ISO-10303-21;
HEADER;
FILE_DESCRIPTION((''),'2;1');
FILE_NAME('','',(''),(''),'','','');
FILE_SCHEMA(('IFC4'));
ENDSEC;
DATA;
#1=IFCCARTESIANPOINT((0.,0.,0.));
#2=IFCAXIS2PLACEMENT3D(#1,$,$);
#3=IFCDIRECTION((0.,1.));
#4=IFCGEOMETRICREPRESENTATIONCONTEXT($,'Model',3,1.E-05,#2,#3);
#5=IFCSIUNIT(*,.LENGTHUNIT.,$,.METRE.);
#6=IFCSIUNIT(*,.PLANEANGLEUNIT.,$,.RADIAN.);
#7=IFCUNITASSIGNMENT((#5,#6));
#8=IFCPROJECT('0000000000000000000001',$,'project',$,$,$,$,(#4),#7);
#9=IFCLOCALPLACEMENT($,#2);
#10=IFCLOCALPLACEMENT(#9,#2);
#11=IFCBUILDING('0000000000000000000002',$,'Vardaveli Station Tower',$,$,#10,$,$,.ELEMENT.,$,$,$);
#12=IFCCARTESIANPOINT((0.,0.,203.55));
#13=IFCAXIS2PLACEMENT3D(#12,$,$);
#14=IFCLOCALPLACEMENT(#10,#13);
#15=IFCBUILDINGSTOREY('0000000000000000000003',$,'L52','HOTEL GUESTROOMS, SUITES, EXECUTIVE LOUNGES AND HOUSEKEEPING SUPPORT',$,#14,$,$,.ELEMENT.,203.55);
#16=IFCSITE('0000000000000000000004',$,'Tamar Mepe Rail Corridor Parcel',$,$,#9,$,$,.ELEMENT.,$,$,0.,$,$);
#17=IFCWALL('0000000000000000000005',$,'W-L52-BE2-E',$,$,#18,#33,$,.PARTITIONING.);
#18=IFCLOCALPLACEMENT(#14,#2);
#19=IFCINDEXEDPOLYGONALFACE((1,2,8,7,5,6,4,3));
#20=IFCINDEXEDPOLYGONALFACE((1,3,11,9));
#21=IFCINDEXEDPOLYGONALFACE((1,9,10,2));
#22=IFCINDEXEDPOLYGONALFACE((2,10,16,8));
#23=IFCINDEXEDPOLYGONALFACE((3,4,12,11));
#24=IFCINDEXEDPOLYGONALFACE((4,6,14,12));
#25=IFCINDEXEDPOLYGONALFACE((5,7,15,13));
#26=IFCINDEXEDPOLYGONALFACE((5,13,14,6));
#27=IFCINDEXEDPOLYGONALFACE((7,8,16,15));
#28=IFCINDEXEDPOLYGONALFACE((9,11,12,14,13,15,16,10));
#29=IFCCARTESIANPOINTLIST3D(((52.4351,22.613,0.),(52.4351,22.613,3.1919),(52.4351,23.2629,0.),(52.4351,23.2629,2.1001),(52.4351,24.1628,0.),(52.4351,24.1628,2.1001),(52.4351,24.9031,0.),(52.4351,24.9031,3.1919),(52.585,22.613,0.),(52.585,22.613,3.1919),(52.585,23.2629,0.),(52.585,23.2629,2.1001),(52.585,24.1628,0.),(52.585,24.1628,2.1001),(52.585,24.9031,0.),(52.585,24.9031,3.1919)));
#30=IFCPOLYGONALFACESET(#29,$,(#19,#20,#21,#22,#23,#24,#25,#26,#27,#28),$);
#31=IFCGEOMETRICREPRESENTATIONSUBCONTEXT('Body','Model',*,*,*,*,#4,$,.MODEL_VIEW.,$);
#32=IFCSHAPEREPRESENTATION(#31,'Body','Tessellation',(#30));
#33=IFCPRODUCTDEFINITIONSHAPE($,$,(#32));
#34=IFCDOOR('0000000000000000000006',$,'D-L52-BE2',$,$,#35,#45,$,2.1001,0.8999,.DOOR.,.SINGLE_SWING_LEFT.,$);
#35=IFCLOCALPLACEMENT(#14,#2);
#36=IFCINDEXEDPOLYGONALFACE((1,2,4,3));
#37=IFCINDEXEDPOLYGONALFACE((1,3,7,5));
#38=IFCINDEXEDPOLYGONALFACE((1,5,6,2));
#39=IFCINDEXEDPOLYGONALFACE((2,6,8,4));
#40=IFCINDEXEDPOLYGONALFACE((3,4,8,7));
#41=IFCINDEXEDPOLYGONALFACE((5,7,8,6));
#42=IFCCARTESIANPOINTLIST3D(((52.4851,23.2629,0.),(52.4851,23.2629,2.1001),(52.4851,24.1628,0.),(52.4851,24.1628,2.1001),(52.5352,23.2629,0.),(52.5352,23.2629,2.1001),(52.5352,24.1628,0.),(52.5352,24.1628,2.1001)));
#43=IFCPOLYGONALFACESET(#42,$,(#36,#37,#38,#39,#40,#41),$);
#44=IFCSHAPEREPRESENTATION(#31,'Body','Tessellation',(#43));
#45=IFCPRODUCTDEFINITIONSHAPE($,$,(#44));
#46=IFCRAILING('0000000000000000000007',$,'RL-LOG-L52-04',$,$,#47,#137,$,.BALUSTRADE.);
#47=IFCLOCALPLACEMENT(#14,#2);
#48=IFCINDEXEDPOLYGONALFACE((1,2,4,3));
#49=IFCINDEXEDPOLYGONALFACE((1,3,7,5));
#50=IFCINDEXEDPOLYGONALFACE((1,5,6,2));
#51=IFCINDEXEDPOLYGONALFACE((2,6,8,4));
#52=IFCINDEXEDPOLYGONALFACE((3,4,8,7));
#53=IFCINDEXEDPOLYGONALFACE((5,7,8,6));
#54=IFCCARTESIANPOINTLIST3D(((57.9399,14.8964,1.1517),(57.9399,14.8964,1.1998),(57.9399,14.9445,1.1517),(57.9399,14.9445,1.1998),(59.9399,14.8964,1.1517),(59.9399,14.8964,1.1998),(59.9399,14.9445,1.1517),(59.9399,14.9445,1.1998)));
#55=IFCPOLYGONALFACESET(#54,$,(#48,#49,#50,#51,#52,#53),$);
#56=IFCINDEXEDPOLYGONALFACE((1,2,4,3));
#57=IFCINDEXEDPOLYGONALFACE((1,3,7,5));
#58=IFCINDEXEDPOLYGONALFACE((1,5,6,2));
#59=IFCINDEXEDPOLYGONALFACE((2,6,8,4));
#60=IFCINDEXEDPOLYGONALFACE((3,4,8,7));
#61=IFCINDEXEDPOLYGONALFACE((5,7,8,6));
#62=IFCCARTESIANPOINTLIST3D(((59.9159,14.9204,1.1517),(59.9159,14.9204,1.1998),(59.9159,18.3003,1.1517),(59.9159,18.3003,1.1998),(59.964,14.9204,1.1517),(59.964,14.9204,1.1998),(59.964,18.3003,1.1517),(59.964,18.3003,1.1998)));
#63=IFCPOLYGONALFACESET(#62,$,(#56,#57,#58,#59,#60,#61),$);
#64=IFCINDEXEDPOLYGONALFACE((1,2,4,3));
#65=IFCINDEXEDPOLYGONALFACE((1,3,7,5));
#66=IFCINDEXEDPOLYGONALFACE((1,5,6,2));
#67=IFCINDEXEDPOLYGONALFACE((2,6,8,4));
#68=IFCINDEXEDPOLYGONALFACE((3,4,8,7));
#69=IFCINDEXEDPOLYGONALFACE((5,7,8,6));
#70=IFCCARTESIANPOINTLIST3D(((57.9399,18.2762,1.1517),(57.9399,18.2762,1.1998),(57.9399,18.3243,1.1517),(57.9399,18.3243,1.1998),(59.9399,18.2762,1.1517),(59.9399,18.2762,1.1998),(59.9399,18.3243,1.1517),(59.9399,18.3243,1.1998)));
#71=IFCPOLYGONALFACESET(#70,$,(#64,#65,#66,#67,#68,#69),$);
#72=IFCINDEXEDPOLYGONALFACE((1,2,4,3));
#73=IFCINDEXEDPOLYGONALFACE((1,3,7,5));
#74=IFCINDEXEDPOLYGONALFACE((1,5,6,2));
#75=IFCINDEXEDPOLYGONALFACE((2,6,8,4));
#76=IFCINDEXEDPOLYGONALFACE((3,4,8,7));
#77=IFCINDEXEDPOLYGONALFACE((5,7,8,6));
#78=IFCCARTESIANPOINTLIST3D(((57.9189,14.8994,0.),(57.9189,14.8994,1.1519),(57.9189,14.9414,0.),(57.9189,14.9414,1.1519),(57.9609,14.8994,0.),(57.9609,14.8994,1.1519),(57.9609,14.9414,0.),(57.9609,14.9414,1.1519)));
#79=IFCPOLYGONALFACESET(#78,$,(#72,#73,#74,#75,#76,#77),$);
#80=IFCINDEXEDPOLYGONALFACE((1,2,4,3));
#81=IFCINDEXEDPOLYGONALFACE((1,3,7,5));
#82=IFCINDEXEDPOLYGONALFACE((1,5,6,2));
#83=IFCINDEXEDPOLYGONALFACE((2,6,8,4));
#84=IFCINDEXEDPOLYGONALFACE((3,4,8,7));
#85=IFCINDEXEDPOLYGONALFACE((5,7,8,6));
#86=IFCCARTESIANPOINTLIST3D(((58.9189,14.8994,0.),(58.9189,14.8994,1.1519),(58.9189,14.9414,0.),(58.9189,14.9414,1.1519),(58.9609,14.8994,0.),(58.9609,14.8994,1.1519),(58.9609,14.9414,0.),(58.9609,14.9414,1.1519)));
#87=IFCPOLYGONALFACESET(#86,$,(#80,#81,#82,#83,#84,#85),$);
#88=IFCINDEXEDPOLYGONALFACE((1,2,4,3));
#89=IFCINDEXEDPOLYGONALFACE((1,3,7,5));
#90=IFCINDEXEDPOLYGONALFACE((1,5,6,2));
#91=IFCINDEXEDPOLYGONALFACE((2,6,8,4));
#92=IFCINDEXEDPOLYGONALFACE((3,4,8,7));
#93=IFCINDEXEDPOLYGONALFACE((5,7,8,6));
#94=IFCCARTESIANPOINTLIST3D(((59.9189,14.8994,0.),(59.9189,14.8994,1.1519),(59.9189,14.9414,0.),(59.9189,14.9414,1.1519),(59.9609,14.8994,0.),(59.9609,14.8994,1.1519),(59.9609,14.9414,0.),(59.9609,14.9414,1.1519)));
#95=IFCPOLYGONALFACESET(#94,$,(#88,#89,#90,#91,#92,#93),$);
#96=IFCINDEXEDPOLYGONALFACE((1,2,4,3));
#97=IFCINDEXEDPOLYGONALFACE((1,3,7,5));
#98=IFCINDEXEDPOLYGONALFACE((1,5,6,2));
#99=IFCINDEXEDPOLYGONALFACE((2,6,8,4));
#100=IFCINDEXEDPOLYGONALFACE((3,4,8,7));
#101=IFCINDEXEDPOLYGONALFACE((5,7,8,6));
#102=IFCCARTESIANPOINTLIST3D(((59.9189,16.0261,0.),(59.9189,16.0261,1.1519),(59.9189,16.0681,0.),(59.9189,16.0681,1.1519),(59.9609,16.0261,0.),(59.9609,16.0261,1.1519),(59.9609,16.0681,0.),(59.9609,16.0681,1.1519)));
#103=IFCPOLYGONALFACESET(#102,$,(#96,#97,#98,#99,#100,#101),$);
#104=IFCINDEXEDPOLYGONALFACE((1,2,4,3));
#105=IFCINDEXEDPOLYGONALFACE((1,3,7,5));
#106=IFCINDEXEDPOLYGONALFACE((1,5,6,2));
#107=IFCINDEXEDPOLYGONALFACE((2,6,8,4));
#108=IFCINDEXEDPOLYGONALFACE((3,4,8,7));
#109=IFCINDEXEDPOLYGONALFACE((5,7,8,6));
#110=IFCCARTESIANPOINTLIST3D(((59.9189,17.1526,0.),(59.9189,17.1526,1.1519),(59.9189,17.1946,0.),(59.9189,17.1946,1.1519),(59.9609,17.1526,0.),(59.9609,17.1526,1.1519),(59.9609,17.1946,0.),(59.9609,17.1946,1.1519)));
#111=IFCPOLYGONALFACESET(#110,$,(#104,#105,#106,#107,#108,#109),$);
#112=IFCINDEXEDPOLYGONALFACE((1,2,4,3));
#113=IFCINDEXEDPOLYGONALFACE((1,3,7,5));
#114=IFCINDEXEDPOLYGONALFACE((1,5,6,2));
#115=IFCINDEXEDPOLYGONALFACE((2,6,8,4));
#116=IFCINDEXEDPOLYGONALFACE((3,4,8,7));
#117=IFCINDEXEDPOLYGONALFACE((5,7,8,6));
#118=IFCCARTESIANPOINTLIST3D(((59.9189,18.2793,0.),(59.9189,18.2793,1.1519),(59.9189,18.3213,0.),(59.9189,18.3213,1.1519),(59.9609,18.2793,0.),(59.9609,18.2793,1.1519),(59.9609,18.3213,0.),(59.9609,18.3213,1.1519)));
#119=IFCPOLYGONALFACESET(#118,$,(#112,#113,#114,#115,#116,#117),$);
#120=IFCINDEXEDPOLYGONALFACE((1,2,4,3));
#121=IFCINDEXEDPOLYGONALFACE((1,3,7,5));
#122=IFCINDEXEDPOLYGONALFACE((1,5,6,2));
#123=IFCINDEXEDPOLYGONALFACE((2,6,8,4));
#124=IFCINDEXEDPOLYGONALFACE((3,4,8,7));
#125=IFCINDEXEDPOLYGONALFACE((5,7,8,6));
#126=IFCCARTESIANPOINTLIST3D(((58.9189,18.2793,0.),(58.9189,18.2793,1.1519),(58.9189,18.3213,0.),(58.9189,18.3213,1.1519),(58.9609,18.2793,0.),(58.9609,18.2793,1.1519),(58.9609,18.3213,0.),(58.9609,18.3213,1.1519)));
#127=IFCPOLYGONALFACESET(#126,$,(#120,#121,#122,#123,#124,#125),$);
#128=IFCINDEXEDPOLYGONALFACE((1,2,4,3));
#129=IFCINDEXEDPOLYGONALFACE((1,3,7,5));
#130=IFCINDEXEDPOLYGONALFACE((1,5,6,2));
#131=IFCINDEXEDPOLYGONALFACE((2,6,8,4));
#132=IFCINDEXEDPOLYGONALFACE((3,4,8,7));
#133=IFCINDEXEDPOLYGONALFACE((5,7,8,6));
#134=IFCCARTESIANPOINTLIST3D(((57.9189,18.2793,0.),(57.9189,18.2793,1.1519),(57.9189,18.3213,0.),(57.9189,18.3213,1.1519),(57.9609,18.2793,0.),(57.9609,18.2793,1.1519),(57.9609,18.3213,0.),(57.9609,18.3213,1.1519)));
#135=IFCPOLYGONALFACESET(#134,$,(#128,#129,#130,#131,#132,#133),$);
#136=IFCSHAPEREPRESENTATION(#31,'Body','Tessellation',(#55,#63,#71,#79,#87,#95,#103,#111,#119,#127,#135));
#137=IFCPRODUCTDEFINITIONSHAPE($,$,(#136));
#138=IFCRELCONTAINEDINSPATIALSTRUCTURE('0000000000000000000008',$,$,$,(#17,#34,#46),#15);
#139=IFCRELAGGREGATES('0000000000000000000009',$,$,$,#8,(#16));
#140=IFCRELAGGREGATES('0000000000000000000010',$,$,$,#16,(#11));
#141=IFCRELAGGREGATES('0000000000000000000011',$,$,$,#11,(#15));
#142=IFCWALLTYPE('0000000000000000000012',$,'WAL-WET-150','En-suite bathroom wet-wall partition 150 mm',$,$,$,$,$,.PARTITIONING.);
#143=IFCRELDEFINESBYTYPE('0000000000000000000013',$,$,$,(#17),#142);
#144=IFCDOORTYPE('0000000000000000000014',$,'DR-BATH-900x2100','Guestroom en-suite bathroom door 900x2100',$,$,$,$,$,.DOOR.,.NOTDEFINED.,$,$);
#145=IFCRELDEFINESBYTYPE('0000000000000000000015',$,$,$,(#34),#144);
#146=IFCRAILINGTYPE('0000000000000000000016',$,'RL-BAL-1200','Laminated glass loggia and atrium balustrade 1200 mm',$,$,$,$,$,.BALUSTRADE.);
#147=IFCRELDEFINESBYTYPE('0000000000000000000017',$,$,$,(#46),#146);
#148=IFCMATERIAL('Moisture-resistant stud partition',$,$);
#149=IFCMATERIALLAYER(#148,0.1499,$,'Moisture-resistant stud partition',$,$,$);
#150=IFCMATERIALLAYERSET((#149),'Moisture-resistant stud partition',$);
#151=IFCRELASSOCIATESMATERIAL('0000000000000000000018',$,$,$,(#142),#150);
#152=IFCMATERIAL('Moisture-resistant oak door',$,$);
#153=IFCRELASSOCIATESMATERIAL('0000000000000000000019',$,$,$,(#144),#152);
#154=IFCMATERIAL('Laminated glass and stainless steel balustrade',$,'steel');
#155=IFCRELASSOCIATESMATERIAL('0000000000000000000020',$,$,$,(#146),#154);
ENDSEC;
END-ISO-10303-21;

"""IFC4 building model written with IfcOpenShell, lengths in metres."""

from ifc_helpers import new_model, si_unit, direction, frame, frame_2d, origin, origin_2d, place, context, subcontext, project, spatial, rectangle, extrude, source, transform, mapped, material, layer, layer_set, type_object, element, fill, save


model = new_model("IFC4")

# Units and contexts
model_context = context("Model", 3, precision=1e-05, world=origin(), true_north=direction((0.0, 1.0)))
body_context = subcontext(model_context, "Body", "Model", "MODEL_VIEW")
ifc_project = project(units=[si_unit("LENGTHUNIT", "METRE"), si_unit("PLANEANGLEUNIT", "RADIAN")], contexts=[model_context])

# Site, building, storey
site_placement = place(None, origin())
site = spatial("IfcSite", under=ifc_project, at=site_placement, Name="Tamar Mepe Rail Corridor Parcel", CompositionType="ELEMENT", RefElevation=0.0)
building_placement = place(site_placement, origin())
building = spatial("IfcBuilding", under=site, at=building_placement, Name="Vardaveli Station Tower", CompositionType="ELEMENT")
storey_placement = place(building_placement, frame((0.0, 0.0, 203.55)))
storey = spatial("IfcBuildingStorey", under=building, at=storey_placement, Name="L52", Description="HOTEL GUESTROOMS, SUITES, EXECUTIVE LOUNGES AND HOUSEKEEPING SUPPORT", CompositionType="ELEMENT", Elevation=203.55)

# Shared definitions
ifc_material_1 = material(Name="Moisture-resistant stud partition")
ifc_layer_1 = layer(ifc_material_1, 0.1499, Name="Moisture-resistant stud partition")
ifc_layer_set_1 = layer_set([ifc_layer_1], Name="Moisture-resistant stud partition")
wall_type_1 = type_object("IfcWallType", Name="WAL-WET-150", Description="En-suite bathroom wet-wall partition 150 mm", PredefinedType="PARTITIONING", material=ifc_layer_set_1)

# Wall, opening, door
shared_shape_1 = source(origin(), body_context, "Body", "SweptSolid", [
    extrude(rectangle(XDim=2.29, YDim=0.1499, at=frame_2d((1.145, 0.0))), origin(), (0.0, 0.0, 1.0), 3.1919),
])
wall_1_placement = place(storey_placement, frame((52.51, 22.613, 0.0), z_axis=(0.0, 0.0, 1.0), x_axis=(0.0, 1.0, 0.0)))
wall_1 = element("IfcWall", 1, at=wall_1_placement, inside=storey, type_object=wall_type_1, Name="W-L52-BE2-E", PredefinedType="PARTITIONING", context=body_context, shape_type="MappedRepresentation", body=[
    mapped(shared_shape_1, transform((0.0, 0.0, 0.0), scale=1.0)),
])
shared_shape_2 = source(origin(), body_context, "Body", "SweptSolid", [
    extrude(rectangle(XDim=0.8999, YDim=2.1001, at=frame_2d((0.45, 1.05))), frame((0.0, 0.085, 0.0), z_axis=(0.0, -1.0, 0.0), x_axis=(1.0, 0.0, 0.0)), (0.0, 0.0, 1.0), 0.1699),
])
opening_placement = place(wall_1_placement, frame((0.6499, 0.0, 0.0)))
opening = element("IfcOpeningElement", 2, at=opening_placement, cuts=wall_1, PredefinedType="OPENING", context=body_context, shape_type="MappedRepresentation", body=[
    mapped(shared_shape_2, transform((0.0, 0.0, 0.0), scale=1.0)),
])
ifc_material_2 = material(Name="Moisture-resistant oak door")
door_type = type_object("IfcDoorType", Name="DR-BATH-900x2100", Description="Guestroom en-suite bathroom door 900x2100", OperationType="NOTDEFINED", PredefinedType="DOOR", material=ifc_material_2)
shared_shape_3 = source(origin(), body_context, "Body", "SweptSolid", [
    extrude(rectangle(XDim=0.8999, YDim=2.1001, at=frame_2d((0.45, 1.05))), frame((0.0, 0.0249, 0.0), z_axis=(0.0, -1.0, 0.0), x_axis=(1.0, 0.0, 0.0)), (0.0, 0.0, 1.0), 0.05),
])
door_placement = place(opening_placement, origin())
door = element("IfcDoor", 3, at=door_placement, inside=storey, type_object=door_type, Name="D-L52-BE2", OperationType="SINGLE_SWING_LEFT", OverallHeight=2.1001, OverallWidth=0.8999, PredefinedType="DOOR", context=body_context, shape_type="MappedRepresentation", body=[
    mapped(shared_shape_3, transform((0.0, 0.0, 0.0), scale=1.0)),
])
fill(opening, door)

# Railing
ifc_material_3 = material(Name="Laminated glass and stainless steel balustrade", Category="steel")
railing_type = type_object("IfcRailingType", Name="RL-BAL-1200", Description="Laminated glass loggia and atrium balustrade 1200 mm", PredefinedType="BALUSTRADE", material=ifc_material_3)
shared_shape_4 = source(origin(), body_context, "Body", "SweptSolid", [
    extrude(rectangle(XDim=0.0481, YDim=0.0481, at=origin_2d()), frame((0.0, 0.0, 1.1758), z_axis=(1.0, 0.0, 0.0), x_axis=(0.0, 1.0, 0.0)), (0.0, 0.0, 1.0), 2.0),
    extrude(rectangle(XDim=0.0481, YDim=0.0481, at=origin_2d()), frame((2.0, 0.0, 1.1758), z_axis=(0.0, 1.0, 0.0), x_axis=(-1.0, 0.0, 0.0)), (0.0, 0.0, 1.0), 3.3799),
    extrude(rectangle(XDim=0.0481, YDim=0.0481, at=origin_2d()), frame((2.0, 3.3799, 1.1758), z_axis=(-1.0, 0.0, 0.0), x_axis=(0.0, -1.0, 0.0)), (0.0, 0.0, 1.0), 2.0),
    extrude(rectangle(XDim=0.042, YDim=0.042, at=origin_2d()), origin(), (0.0, 0.0, 1.0), 1.1519),
    extrude(rectangle(XDim=0.042, YDim=0.042, at=origin_2d()), frame((1.0, 0.0, 0.0)), (0.0, 0.0, 1.0), 1.1519),
    extrude(rectangle(XDim=0.042, YDim=0.042, at=origin_2d()), frame((2.0, 0.0, 0.0)), (0.0, 0.0, 1.0), 1.1519),
    extrude(rectangle(XDim=0.042, YDim=0.042, at=origin_2d()), frame((2.0, 1.1267, 0.0)), (0.0, 0.0, 1.0), 1.1519),
    extrude(rectangle(XDim=0.042, YDim=0.042, at=origin_2d()), frame((2.0, 2.2532, 0.0)), (0.0, 0.0, 1.0), 1.1519),
    extrude(rectangle(XDim=0.042, YDim=0.042, at=origin_2d()), frame((2.0, 3.3799, 0.0)), (0.0, 0.0, 1.0), 1.1519),
    extrude(rectangle(XDim=0.042, YDim=0.042, at=origin_2d()), frame((1.0, 3.3799, 0.0)), (0.0, 0.0, 1.0), 1.1519),
    extrude(rectangle(XDim=0.042, YDim=0.042, at=origin_2d()), frame((0.0, 3.3799, 0.0)), (0.0, 0.0, 1.0), 1.1519),
])
railing_placement = place(storey_placement, frame((57.9399, 14.9204, 0.0)))
element("IfcRailing", 4, at=railing_placement, inside=storey, type_object=railing_type, Name="RL-LOG-L52-04", PredefinedType="BALUSTRADE", context=body_context, shape_type="MappedRepresentation", body=[
    mapped(shared_shape_4, transform((0.0, 0.0, 0.0), scale=1.0)),
])

save(model, "model.ifc")
